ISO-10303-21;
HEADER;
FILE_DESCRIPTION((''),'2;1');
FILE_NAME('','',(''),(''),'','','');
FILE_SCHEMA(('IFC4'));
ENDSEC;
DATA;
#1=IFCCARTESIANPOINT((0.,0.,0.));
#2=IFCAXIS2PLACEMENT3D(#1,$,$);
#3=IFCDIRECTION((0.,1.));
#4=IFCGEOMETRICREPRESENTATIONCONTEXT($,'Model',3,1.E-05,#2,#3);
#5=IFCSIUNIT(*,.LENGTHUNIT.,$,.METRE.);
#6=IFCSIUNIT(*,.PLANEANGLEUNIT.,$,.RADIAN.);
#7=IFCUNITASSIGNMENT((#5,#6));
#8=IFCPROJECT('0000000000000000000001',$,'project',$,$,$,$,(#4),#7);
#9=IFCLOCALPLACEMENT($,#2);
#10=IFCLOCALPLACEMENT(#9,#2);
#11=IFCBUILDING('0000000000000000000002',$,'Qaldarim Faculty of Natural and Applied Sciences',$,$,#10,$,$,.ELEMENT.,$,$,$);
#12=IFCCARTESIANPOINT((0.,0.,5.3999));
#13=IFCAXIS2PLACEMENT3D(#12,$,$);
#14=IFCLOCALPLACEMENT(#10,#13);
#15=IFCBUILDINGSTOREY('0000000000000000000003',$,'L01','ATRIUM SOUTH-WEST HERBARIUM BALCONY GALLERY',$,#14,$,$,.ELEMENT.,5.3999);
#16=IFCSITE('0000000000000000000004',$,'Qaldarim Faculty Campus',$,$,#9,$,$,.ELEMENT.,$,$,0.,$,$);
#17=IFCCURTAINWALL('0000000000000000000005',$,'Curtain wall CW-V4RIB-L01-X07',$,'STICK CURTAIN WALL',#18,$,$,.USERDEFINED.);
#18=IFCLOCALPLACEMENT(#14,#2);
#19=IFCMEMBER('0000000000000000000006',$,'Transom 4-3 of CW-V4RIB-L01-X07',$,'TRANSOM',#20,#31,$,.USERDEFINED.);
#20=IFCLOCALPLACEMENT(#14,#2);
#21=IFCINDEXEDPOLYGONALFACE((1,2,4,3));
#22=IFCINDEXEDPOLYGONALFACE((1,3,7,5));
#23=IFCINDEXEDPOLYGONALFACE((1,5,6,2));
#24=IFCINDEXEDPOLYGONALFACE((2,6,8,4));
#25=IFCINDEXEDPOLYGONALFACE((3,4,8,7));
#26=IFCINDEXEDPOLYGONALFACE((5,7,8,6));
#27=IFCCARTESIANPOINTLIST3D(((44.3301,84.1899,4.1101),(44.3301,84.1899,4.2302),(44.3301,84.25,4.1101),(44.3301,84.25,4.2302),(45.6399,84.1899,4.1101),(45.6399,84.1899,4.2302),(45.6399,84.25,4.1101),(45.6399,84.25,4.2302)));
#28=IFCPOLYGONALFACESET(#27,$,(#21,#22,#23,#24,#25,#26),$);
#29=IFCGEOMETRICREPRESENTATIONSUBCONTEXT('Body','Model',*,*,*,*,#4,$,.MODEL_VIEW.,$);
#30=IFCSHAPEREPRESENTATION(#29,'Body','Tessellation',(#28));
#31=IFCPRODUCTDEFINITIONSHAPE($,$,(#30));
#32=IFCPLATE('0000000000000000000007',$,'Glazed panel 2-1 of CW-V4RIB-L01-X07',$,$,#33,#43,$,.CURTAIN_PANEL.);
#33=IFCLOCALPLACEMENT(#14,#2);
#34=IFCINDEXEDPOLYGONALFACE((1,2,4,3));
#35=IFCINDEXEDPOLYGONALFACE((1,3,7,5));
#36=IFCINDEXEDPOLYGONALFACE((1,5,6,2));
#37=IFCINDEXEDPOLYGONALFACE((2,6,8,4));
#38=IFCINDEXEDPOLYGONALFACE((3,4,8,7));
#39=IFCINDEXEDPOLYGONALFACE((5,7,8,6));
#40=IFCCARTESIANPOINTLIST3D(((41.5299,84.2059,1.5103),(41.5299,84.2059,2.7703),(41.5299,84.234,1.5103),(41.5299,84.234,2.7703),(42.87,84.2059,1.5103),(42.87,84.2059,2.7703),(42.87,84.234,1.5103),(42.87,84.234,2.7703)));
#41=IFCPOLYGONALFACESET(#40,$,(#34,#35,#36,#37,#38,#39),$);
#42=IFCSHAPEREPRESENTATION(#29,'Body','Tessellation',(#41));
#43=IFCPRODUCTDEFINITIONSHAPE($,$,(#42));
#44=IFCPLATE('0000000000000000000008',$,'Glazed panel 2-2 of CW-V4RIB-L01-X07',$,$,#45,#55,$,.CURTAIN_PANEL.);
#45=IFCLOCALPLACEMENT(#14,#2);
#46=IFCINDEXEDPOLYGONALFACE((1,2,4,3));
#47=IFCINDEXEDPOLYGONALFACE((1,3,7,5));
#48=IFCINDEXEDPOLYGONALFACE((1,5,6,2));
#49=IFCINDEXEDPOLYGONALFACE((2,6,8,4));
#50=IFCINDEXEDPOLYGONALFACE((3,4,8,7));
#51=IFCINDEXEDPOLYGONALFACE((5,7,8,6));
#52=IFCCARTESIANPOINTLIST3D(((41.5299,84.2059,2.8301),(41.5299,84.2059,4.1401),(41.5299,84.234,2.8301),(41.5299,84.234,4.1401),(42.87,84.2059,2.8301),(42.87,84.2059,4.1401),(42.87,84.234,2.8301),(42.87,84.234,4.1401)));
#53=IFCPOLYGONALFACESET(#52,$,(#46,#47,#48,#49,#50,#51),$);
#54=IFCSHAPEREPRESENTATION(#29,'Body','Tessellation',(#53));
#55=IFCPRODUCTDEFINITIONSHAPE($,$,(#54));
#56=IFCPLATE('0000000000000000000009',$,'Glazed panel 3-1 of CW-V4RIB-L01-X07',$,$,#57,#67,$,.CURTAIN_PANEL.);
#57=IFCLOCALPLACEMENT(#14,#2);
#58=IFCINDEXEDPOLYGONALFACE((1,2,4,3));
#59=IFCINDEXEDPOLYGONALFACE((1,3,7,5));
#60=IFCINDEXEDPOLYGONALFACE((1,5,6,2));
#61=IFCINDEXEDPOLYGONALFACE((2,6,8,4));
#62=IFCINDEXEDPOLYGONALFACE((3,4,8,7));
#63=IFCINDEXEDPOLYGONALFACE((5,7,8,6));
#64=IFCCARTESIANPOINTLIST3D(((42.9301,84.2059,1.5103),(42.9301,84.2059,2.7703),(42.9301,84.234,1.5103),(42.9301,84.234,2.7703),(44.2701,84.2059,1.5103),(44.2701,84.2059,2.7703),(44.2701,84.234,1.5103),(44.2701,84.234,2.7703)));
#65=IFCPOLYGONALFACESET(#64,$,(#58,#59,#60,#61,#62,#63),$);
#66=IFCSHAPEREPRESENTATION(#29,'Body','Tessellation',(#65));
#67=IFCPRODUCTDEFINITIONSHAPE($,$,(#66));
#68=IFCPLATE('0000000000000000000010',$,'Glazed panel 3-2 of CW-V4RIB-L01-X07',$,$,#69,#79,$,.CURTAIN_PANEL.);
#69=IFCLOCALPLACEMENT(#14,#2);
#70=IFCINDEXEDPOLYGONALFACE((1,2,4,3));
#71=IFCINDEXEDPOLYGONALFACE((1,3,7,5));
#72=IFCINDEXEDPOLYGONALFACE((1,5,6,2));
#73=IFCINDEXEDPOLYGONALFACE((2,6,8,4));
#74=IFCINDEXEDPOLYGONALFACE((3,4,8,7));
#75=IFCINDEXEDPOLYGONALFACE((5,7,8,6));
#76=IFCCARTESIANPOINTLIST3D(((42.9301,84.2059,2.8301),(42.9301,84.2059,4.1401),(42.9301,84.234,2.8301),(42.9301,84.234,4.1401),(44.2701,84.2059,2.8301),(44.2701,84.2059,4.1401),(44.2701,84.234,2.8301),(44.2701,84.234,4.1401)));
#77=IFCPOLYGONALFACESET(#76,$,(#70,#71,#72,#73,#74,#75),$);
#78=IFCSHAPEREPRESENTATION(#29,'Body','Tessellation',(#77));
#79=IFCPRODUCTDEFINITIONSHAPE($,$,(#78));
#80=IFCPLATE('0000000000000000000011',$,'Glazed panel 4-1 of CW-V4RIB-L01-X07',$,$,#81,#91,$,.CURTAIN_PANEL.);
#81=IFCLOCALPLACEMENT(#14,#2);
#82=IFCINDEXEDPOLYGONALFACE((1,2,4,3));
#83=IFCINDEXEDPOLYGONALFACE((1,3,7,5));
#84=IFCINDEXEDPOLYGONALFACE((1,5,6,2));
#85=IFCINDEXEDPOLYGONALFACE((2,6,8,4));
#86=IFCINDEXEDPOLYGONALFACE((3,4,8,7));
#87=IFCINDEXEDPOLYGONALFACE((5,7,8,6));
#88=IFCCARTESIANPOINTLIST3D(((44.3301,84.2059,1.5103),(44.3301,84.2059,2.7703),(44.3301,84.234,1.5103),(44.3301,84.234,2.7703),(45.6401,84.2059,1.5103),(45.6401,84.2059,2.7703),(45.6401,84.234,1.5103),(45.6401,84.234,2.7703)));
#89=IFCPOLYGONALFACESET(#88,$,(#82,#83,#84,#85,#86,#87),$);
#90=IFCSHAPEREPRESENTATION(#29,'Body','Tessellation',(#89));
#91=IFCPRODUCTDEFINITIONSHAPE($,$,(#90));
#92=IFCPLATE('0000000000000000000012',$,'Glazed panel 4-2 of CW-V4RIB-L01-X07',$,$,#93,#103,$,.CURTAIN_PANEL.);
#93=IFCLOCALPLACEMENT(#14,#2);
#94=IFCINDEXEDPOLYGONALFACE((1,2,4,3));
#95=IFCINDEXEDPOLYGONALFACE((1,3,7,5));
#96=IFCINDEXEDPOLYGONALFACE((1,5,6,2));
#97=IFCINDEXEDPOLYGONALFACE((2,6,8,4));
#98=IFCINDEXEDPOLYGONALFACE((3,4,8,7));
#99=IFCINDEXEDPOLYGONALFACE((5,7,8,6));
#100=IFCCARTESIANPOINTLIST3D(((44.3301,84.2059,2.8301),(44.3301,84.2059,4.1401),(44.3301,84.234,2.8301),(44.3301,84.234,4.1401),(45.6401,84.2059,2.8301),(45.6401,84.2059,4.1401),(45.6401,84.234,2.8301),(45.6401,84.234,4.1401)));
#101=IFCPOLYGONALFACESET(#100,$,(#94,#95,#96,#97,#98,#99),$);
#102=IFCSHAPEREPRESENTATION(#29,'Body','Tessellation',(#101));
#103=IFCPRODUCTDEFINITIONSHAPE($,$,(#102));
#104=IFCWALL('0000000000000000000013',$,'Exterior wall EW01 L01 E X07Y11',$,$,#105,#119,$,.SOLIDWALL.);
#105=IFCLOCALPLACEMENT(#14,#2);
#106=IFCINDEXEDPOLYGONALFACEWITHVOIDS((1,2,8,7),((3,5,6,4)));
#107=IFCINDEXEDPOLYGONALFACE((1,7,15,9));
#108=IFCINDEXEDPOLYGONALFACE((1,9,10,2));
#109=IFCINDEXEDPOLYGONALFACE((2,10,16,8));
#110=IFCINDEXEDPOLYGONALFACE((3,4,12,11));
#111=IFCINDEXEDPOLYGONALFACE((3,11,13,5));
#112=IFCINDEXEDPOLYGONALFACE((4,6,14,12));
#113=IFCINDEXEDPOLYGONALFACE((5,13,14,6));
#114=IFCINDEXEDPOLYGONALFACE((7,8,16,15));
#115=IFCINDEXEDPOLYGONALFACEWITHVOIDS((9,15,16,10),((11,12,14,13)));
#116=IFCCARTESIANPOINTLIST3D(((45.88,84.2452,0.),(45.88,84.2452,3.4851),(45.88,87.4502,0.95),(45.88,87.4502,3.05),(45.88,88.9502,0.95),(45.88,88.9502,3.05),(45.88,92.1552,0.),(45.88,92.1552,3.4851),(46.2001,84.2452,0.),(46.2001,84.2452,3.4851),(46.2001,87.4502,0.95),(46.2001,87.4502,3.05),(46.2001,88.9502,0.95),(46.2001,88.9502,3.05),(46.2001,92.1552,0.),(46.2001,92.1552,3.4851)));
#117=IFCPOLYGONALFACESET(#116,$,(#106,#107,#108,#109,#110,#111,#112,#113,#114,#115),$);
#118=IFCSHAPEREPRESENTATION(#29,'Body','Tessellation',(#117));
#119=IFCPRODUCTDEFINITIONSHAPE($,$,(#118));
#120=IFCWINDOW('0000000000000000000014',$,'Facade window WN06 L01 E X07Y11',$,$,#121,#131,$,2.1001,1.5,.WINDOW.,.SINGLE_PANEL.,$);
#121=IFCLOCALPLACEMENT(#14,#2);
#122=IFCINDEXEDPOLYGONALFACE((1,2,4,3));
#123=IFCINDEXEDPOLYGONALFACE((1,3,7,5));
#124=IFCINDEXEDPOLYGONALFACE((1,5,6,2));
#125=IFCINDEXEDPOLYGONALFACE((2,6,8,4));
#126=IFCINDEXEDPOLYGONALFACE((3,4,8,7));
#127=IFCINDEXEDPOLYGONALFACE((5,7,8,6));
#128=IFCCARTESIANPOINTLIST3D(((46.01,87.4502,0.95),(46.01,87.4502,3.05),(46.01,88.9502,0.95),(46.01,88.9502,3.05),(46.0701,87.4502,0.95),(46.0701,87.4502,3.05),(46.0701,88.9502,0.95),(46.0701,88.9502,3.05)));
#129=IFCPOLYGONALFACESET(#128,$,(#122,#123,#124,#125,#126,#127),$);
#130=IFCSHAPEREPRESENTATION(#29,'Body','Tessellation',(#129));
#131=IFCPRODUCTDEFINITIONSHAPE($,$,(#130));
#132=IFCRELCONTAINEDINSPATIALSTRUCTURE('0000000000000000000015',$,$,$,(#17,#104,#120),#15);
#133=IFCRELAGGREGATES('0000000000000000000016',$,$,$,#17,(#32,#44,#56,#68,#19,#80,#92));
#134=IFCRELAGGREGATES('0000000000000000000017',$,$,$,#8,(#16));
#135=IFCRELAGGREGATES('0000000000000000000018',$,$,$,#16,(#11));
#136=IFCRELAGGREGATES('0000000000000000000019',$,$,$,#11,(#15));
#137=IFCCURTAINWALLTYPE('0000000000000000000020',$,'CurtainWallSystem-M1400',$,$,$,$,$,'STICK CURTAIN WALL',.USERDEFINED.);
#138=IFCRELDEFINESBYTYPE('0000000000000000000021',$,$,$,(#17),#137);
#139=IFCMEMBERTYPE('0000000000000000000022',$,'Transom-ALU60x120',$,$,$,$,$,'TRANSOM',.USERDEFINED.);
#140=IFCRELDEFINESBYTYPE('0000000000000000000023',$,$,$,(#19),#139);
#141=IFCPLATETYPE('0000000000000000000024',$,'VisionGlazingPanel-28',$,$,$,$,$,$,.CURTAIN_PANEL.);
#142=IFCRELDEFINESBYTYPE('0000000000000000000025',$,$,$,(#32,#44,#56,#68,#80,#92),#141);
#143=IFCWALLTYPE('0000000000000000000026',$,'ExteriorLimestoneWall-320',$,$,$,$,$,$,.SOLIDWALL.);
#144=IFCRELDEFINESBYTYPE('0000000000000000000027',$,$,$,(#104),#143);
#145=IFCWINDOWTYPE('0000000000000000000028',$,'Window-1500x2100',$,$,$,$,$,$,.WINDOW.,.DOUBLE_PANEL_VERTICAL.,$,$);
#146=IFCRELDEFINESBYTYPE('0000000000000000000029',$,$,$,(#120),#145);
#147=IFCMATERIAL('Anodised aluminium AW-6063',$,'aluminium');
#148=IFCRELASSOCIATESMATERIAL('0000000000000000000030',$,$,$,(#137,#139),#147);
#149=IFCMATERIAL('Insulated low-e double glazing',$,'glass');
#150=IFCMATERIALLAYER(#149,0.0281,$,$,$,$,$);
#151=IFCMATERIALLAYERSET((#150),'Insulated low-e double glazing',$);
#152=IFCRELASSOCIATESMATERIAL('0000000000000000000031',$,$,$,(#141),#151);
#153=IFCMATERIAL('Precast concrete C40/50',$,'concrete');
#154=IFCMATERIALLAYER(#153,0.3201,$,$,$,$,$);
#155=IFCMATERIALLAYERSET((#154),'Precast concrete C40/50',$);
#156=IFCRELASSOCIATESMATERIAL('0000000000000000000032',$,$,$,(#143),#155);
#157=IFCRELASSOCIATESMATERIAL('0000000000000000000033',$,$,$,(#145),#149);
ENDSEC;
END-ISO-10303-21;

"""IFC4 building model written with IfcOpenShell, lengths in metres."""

from ifc_helpers import new_model, si_unit, direction, frame, frame_2d, origin, origin_2d, place, context, subcontext, project, spatial, rectangle, extrude, material, layer, layer_set, material_profile, profile_set, type_object, element, fill, aggregate, save


model = new_model("IFC4")

# Units and contexts
model_context = context("Model", 3, precision=1e-05, world=origin(), true_north=direction((0.0, 1.0)))
body_context = subcontext(model_context, "Body", "Model", "MODEL_VIEW")
ifc_project = project(units=[si_unit("LENGTHUNIT", "METRE"), si_unit("PLANEANGLEUNIT", "RADIAN")], contexts=[model_context])

# Site, building, storey
site_placement = place(None, origin())
site = spatial("IfcSite", under=ifc_project, at=site_placement, Name="Qaldarim Faculty Campus", CompositionType="ELEMENT", RefElevation=0.0)
building_placement = place(site_placement, origin())
building = spatial("IfcBuilding", under=site, at=building_placement, Name="Qaldarim Faculty of Natural and Applied Sciences", CompositionType="ELEMENT")
storey_placement = place(building_placement, frame((0.0, 0.0, 5.3999)))
storey = spatial("IfcBuildingStorey", under=building, at=storey_placement, Name="L01", Description="ATRIUM SOUTH-WEST HERBARIUM BALCONY GALLERY", CompositionType="ELEMENT", Elevation=5.3999)

# Curtain wall, member, plates
ifc_material_1 = material(Name="Anodised aluminium AW-6063", Category="aluminium")
curtain_wall_type = type_object("IfcCurtainWallType", Name="CurtainWallSystem-M1400", ElementType="STICK CURTAIN WALL", PredefinedType="USERDEFINED", material=ifc_material_1)
curtain_wall_placement = place(storey_placement, origin())
curtain_wall = element("IfcCurtainWall", 1, at=curtain_wall_placement, inside=storey, type_object=curtain_wall_type, Name="Curtain wall CW-V4RIB-L01-X07", ObjectType="STICK CURTAIN WALL", PredefinedType="USERDEFINED")
ifc_material_profile_1 = material_profile(ifc_material_1, rectangle(XDim=0.0601, YDim=0.1201, at=origin_2d()), Name="ALU-T60x120")
ifc_profile_set_1 = profile_set([ifc_material_profile_1], Name="Anodised aluminium AW-6063")
member_type_1 = type_object("IfcMemberType", Name="Transom-ALU60x120", ElementType="TRANSOM", PredefinedType="USERDEFINED", material=ifc_profile_set_1)
member_1_placement = place(storey_placement, frame((44.3301, 84.22, 4.1702), z_axis=(1.0, 0.0, 0.0), x_axis=(0.0, 1.0, 0.0)))
member_1 = element("IfcMember", 2, at=member_1_placement, type_object=member_type_1, Name="Transom 4-3 of CW-V4RIB-L01-X07", ObjectType="TRANSOM", PredefinedType="USERDEFINED", context=body_context, shape_type="SweptSolid", body=[
    extrude(rectangle(XDim=0.0601, YDim=0.1201, at=origin_2d()), origin(), (0.0, 0.0, 1.0), 1.3098),
])
ifc_material_2 = material(Name="Insulated low-e double glazing", Category="glass")
ifc_layer_1 = layer(ifc_material_2, 0.0281)
ifc_layer_set_1 = layer_set([ifc_layer_1], Name="Insulated low-e double glazing")
plate_type = type_object("IfcPlateType", Name="VisionGlazingPanel-28", PredefinedType="CURTAIN_PANEL", material=ifc_layer_set_1)
plate_1_placement = place(storey_placement, frame((42.2, 84.22, 1.5103), z_axis=(0.0, 0.0, 1.0), x_axis=(1.0, 0.0, 0.0)))
plate_1 = element("IfcPlate", 3, at=plate_1_placement, type_object=plate_type, Name="Glazed panel 2-1 of CW-V4RIB-L01-X07", PredefinedType="CURTAIN_PANEL", context=body_context, shape_type="SweptSolid", body=[
    extrude(rectangle(XDim=1.3401, YDim=0.0281, at=origin_2d()), origin(), (0.0, 0.0, 1.0), 1.26),
])
plate_2_placement = place(storey_placement, frame((42.2, 84.22, 2.8301), z_axis=(0.0, 0.0, 1.0), x_axis=(1.0, 0.0, 0.0)))
plate_2 = element("IfcPlate", 4, at=plate_2_placement, type_object=plate_type, Name="Glazed panel 2-2 of CW-V4RIB-L01-X07", PredefinedType="CURTAIN_PANEL", context=body_context, shape_type="SweptSolid", body=[
    extrude(rectangle(XDim=1.3401, YDim=0.0281, at=origin_2d()), origin(), (0.0, 0.0, 1.0), 1.3101),
])
plate_3_placement = place(storey_placement, frame((43.6001, 84.22, 1.5103), z_axis=(0.0, 0.0, 1.0), x_axis=(1.0, 0.0, 0.0)))
plate_3 = element("IfcPlate", 5, at=plate_3_placement, type_object=plate_type, Name="Glazed panel 3-1 of CW-V4RIB-L01-X07", PredefinedType="CURTAIN_PANEL", context=body_context, shape_type="SweptSolid", body=[
    extrude(rectangle(XDim=1.3401, YDim=0.0281, at=origin_2d()), origin(), (0.0, 0.0, 1.0), 1.26),
])
plate_4_placement = place(storey_placement, frame((43.6001, 84.22, 2.8301), z_axis=(0.0, 0.0, 1.0), x_axis=(1.0, 0.0, 0.0)))
plate_4 = element("IfcPlate", 6, at=plate_4_placement, type_object=plate_type, Name="Glazed panel 3-2 of CW-V4RIB-L01-X07", PredefinedType="CURTAIN_PANEL", context=body_context, shape_type="SweptSolid", body=[
    extrude(rectangle(XDim=1.3401, YDim=0.0281, at=origin_2d()), origin(), (0.0, 0.0, 1.0), 1.3101),
])
plate_5_placement = place(storey_placement, frame((44.9851, 84.22, 1.5103), z_axis=(0.0, 0.0, 1.0), x_axis=(1.0, 0.0, 0.0)))
plate_5 = element("IfcPlate", 7, at=plate_5_placement, type_object=plate_type, Name="Glazed panel 4-1 of CW-V4RIB-L01-X07", PredefinedType="CURTAIN_PANEL", context=body_context, shape_type="SweptSolid", body=[
    extrude(rectangle(XDim=1.3101, YDim=0.0281, at=origin_2d()), origin(), (0.0, 0.0, 1.0), 1.26),
])
plate_6_placement = place(storey_placement, frame((44.9851, 84.22, 2.8301), z_axis=(0.0, 0.0, 1.0), x_axis=(1.0, 0.0, 0.0)))
plate_6 = element("IfcPlate", 8, at=plate_6_placement, type_object=plate_type, Name="Glazed panel 4-2 of CW-V4RIB-L01-X07", PredefinedType="CURTAIN_PANEL", context=body_context, shape_type="SweptSolid", body=[
    extrude(rectangle(XDim=1.3101, YDim=0.0281, at=origin_2d()), origin(), (0.0, 0.0, 1.0), 1.3101),
])
aggregate(curtain_wall, [plate_1, plate_2, plate_3, plate_4, member_1, plate_5, plate_6])

# Wall, opening, window
ifc_material_3 = material(Name="Precast concrete C40/50", Category="concrete")
ifc_layer_2 = layer(ifc_material_3, 0.3201)
ifc_layer_set_2 = layer_set([ifc_layer_2], Name="Precast concrete C40/50")
wall_type = type_object("IfcWallType", Name="ExteriorLimestoneWall-320", PredefinedType="SOLIDWALL", material=ifc_layer_set_2)
wall_placement = place(storey_placement, frame((46.04, 84.2451, 0.0), z_axis=(0.0, 0.0, 1.0), x_axis=(0.0, 1.0, 0.0)))
wall = element("IfcWall", 9, at=wall_placement, inside=storey, type_object=wall_type, Name="Exterior wall EW01 L01 E X07Y11", PredefinedType="SOLIDWALL", context=body_context, shape_type="SweptSolid", body=[
    extrude(rectangle(XDim=7.9099, YDim=0.3201, at=frame_2d((3.9551, 0.0))), origin(), (0.0, 0.0, 1.0), 3.4851),
])
opening_placement = place(wall_placement, frame((3.2051, 0.0, 0.95)))
opening = element("IfcOpeningElement", 10, at=opening_placement, cuts=wall, PredefinedType="OPENING", context=body_context, shape_type="SweptSolid", body=[
    extrude(rectangle(XDim=1.5, YDim=2.1001, at=frame_2d((0.75, 1.05))), frame((0.0, 0.1699, 0.0), z_axis=(0.0, -1.0, 0.0), x_axis=(1.0, 0.0, 0.0)), (0.0, 0.0, 1.0), 0.3401),
])
window_type = type_object("IfcWindowType", Name="Window-1500x2100", PartitioningType="DOUBLE_PANEL_VERTICAL", PredefinedType="WINDOW", material=ifc_material_2)
window_placement = place(opening_placement, origin())
window = element("IfcWindow", 11, at=window_placement, inside=storey, type_object=window_type, Name="Facade window WN06 L01 E X07Y11", OverallHeight=2.1001, OverallWidth=1.5, PartitioningType="SINGLE_PANEL", PredefinedType="WINDOW", context=body_context, shape_type="SweptSolid", body=[
    extrude(rectangle(XDim=1.5, YDim=2.1001, at=frame_2d((0.75, 1.05))), frame((0.0, 0.03, 0.0), z_axis=(0.0, -1.0, 0.0), x_axis=(1.0, 0.0, 0.0)), (0.0, 0.0, 1.0), 0.0601),
])
fill(opening, window)

save(model, "model.ifc")
